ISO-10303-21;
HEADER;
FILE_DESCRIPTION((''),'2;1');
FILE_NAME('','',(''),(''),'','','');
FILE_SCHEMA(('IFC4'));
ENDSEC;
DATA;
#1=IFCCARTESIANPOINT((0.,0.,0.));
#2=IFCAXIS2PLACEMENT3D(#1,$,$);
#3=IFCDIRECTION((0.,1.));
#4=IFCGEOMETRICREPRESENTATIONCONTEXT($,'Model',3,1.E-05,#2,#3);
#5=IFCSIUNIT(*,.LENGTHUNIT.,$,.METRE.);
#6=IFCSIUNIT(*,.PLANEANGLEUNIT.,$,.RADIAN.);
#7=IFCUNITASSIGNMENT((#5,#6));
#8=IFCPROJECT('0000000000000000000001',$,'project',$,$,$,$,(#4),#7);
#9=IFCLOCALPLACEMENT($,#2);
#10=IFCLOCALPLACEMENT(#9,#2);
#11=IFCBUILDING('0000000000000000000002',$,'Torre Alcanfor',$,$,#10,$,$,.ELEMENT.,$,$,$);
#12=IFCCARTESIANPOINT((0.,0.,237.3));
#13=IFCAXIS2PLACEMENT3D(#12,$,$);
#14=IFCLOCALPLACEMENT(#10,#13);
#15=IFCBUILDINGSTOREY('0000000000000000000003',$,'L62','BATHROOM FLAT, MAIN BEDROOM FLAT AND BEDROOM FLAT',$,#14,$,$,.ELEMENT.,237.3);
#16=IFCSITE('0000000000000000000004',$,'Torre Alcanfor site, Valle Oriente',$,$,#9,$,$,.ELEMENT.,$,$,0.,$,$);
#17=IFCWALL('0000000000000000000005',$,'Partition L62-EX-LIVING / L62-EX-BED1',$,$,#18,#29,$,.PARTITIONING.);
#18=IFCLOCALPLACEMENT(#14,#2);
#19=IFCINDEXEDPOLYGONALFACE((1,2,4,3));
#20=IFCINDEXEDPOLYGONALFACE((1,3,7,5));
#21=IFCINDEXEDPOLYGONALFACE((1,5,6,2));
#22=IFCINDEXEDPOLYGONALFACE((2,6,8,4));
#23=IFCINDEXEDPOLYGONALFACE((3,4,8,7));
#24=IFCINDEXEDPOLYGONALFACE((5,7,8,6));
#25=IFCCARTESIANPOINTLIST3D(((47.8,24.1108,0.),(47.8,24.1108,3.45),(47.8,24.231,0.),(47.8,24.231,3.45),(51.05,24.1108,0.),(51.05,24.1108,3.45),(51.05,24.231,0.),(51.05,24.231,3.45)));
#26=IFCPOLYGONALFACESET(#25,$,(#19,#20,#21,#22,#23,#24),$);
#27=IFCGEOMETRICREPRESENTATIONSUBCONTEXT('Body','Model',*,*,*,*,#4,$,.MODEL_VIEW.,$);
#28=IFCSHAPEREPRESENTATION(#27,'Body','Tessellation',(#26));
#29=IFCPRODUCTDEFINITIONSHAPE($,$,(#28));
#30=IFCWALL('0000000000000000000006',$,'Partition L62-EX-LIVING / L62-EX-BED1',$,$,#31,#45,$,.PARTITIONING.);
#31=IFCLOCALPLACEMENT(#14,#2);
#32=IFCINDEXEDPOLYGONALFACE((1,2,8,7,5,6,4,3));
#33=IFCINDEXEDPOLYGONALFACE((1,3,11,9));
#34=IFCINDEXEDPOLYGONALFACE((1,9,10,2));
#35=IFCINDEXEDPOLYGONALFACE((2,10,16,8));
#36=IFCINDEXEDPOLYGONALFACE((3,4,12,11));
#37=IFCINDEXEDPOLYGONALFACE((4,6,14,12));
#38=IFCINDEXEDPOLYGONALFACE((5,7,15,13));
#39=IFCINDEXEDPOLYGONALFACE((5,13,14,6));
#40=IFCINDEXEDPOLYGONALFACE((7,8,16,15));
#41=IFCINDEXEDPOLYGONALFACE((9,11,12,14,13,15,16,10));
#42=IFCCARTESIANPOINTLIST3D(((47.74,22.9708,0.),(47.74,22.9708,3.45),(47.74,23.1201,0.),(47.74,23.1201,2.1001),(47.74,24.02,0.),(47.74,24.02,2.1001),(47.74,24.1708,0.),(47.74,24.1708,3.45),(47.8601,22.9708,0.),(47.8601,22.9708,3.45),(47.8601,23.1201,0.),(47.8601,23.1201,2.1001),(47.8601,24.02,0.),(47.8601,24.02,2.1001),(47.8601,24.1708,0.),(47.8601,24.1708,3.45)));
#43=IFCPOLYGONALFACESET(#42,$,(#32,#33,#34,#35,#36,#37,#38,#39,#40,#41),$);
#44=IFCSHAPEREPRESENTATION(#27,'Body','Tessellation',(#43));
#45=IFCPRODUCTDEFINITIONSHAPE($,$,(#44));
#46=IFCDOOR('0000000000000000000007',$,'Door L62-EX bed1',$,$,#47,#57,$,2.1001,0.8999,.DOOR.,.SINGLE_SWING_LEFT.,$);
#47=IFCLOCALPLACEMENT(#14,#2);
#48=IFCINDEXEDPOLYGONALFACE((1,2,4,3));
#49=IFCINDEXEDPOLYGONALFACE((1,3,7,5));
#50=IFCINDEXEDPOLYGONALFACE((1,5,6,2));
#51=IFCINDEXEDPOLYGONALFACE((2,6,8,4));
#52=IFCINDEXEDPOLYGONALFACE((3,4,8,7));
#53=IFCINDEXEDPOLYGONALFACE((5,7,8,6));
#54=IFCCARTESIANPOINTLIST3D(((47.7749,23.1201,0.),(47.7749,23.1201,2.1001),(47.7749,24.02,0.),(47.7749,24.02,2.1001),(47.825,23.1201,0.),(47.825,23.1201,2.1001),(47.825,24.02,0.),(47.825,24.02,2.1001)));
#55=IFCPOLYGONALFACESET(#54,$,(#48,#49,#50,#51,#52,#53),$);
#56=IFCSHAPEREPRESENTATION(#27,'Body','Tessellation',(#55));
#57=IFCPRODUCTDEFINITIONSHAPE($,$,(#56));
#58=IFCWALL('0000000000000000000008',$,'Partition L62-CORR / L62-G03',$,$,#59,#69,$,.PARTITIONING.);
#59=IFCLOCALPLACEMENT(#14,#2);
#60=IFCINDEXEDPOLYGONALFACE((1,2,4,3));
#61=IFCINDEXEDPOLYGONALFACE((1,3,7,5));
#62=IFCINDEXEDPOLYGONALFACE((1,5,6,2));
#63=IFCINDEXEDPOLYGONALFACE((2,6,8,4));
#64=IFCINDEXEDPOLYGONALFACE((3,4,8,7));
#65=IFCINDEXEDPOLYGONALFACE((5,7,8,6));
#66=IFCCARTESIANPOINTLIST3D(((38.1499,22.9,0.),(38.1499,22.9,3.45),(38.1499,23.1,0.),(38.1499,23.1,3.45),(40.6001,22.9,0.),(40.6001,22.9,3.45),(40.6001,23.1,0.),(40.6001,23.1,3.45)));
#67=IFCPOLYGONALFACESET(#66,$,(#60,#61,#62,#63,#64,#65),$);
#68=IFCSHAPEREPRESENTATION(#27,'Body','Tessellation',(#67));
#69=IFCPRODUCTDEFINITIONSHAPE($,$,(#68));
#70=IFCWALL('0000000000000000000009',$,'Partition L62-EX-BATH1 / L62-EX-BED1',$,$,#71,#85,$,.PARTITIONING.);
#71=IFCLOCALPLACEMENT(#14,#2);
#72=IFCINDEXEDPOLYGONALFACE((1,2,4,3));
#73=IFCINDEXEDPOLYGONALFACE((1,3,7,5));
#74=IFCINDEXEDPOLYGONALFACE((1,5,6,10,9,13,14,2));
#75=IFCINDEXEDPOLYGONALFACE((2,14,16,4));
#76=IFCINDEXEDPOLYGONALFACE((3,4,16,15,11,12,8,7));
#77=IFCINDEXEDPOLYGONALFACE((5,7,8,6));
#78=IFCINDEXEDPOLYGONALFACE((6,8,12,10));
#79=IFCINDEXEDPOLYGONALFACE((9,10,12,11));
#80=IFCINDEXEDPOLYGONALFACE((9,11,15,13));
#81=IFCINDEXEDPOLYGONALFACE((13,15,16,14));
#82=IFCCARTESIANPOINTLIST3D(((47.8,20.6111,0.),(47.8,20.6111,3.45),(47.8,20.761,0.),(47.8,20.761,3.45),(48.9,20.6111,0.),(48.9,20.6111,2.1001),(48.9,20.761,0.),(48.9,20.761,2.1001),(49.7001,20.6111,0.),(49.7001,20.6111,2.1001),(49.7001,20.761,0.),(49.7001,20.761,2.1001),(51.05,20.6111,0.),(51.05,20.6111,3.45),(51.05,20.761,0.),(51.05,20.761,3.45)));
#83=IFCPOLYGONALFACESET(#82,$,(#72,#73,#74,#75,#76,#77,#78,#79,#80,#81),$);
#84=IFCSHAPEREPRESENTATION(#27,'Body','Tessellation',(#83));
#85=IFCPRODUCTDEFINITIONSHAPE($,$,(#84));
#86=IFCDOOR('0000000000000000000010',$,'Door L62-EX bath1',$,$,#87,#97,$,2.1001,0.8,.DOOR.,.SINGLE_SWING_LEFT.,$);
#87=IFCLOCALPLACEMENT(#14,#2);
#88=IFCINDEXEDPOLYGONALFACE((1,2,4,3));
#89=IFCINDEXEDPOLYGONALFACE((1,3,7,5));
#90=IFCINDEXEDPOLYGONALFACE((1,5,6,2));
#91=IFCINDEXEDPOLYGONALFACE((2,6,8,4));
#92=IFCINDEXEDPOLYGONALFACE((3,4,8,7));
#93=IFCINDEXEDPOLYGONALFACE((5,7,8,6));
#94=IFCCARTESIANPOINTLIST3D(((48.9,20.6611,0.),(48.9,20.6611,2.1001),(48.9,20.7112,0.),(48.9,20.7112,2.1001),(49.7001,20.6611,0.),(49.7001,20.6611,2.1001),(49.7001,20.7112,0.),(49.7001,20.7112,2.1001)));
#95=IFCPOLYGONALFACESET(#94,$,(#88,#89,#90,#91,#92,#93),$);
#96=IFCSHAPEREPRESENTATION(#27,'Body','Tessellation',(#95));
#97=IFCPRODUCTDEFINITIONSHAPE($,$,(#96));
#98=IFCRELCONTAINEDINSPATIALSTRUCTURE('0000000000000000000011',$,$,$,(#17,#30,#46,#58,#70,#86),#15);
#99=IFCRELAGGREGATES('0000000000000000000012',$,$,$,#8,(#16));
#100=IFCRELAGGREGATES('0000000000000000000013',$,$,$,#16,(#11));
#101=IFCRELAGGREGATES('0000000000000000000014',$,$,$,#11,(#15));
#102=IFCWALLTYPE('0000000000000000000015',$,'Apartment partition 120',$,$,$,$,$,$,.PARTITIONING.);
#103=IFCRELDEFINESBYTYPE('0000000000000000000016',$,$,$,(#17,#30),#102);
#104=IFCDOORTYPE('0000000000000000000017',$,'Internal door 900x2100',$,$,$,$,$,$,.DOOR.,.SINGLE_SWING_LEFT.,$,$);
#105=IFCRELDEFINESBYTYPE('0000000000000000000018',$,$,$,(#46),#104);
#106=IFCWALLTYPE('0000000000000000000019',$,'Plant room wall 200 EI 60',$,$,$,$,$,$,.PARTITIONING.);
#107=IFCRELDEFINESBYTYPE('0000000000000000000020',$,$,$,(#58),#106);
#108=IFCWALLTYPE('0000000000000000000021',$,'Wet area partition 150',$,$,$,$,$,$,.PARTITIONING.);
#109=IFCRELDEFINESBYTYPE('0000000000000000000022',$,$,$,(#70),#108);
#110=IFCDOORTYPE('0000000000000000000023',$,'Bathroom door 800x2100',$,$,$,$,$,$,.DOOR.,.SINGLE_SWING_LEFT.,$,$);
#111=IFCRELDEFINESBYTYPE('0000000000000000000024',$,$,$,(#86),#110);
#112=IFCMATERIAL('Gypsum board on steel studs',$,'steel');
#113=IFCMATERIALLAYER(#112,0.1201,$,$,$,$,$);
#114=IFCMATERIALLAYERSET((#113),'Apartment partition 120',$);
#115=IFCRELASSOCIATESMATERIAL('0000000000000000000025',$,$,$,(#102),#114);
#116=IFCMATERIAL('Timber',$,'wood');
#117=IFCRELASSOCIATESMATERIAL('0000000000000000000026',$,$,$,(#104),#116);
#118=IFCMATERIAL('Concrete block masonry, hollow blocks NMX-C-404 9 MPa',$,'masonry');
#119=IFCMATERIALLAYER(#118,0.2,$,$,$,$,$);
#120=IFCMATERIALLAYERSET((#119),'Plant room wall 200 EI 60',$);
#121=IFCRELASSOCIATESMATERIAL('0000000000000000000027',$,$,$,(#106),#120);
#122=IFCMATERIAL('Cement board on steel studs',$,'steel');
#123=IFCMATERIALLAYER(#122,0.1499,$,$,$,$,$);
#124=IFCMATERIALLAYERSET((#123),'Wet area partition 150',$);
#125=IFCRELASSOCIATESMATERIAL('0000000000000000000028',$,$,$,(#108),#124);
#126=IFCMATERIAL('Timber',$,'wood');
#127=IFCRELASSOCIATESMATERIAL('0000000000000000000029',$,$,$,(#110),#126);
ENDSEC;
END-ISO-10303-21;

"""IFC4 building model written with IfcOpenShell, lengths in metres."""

from ifc_helpers import new_model, si_unit, direction, frame, frame_2d, origin, place, context, subcontext, project, spatial, rectangle, extrude, material, layer, layer_set, type_object, element, fill, save


model = new_model("IFC4")

# Units and contexts
model_context = context("Model", 3, precision=1e-05, world=origin(), true_north=direction((0.0, 1.0)))
body_context = subcontext(model_context, "Body", "Model", "MODEL_VIEW")
ifc_project = project(units=[si_unit("LENGTHUNIT", "METRE"), si_unit("PLANEANGLEUNIT", "RADIAN")], contexts=[model_context])

# Site, building, storey
site_placement = place(None, origin())
site = spatial("IfcSite", under=ifc_project, at=site_placement, Name="Torre Alcanfor site, Valle Oriente", CompositionType="ELEMENT", RefElevation=0.0)
building_placement = place(site_placement, origin())
building = spatial("IfcBuilding", under=site, at=building_placement, Name="Torre Alcanfor", CompositionType="ELEMENT")
storey_placement = place(building_placement, frame((0.0, 0.0, 237.3)))
storey = spatial("IfcBuildingStorey", under=building, at=storey_placement, Name="L62", Description="BATHROOM FLAT, MAIN BEDROOM FLAT AND BEDROOM FLAT", CompositionType="ELEMENT", Elevation=237.3)

# Shared definitions
ifc_material_1 = material(Name="Gypsum board on steel studs", Category="steel")
ifc_layer_1 = layer(ifc_material_1, 0.1201)
ifc_layer_set_1 = layer_set([ifc_layer_1], Name="Apartment partition 120")
wall_type_1 = type_object("IfcWallType", Name="Apartment partition 120", PredefinedType="PARTITIONING", material=ifc_layer_set_1)
ifc_material_2 = material(Name="Timber", Category="wood")
door_type_1 = type_object("IfcDoorType", Name="Internal door 900x2100", OperationType="SINGLE_SWING_LEFT", PredefinedType="DOOR", material=ifc_material_2)

# Wall
wall_1_placement = place(storey_placement, frame((51.05, 24.1709, 0.0), z_axis=(0.0, 0.0, 1.0), x_axis=(-1.0, 0.0, 0.0)))
element("IfcWall", 1, at=wall_1_placement, inside=storey, type_object=wall_type_1, Name="Partition L62-EX-LIVING / L62-EX-BED1", PredefinedType="PARTITIONING", context=body_context, shape_type="SweptSolid", body=[
    extrude(rectangle(XDim=3.25, YDim=0.1201, at=frame_2d((1.625, 0.0))), origin(), (0.0, 0.0, 1.0), 3.45),
])

# Wall, opening, door
wall_2_placement = place(storey_placement, frame((47.8, 24.1709, 0.0), z_axis=(0.0, 0.0, 1.0), x_axis=(0.0, -1.0, 0.0)))
wall_2 = element("IfcWall", 2, at=wall_2_placement, inside=storey, type_object=wall_type_1, Name="Partition L62-EX-LIVING / L62-EX-BED1", PredefinedType="PARTITIONING", context=body_context, shape_type="SweptSolid", body=[
    extrude(rectangle(XDim=1.2, YDim=0.1201, at=frame_2d((0.6001, 0.0))), origin(), (0.0, 0.0, 1.0), 3.45),
])
opening_1_placement = place(wall_2_placement, frame((0.1509, 0.0, 0.0)))
opening_1 = element("IfcOpeningElement", 3, at=opening_1_placement, cuts=wall_2, PredefinedType="OPENING", context=body_context, shape_type="SweptSolid", body=[
    extrude(rectangle(XDim=0.8999, YDim=2.1001, at=frame_2d((0.45, 1.05))), frame((0.0, 0.0701, 0.0), z_axis=(0.0, -1.0, 0.0), x_axis=(1.0, 0.0, 0.0)), (0.0, 0.0, 1.0), 0.1401),
])
door_1_placement = place(opening_1_placement, origin())
door_1 = element("IfcDoor", 4, at=door_1_placement, inside=storey, type_object=door_type_1, Name="Door L62-EX bed1", OperationType="SINGLE_SWING_LEFT", OverallHeight=2.1001, OverallWidth=0.8999, PredefinedType="DOOR", context=body_context, shape_type="SweptSolid", body=[
    extrude(rectangle(XDim=0.8999, YDim=2.1001, at=frame_2d((0.45, 1.05))), frame((0.0, 0.0249, 0.0), z_axis=(0.0, -1.0, 0.0), x_axis=(1.0, 0.0, 0.0)), (0.0, 0.0, 1.0), 0.05),
])
fill(opening_1, door_1)

# Wall
ifc_material_3 = material(Name="Concrete block masonry, hollow blocks NMX-C-404 9 MPa", Category="masonry")
ifc_layer_2 = layer(ifc_material_3, 0.2)
ifc_layer_set_2 = layer_set([ifc_layer_2], Name="Plant room wall 200 EI 60")
wall_type_2 = type_object("IfcWallType", Name="Plant room wall 200 EI 60", PredefinedType="PARTITIONING", material=ifc_layer_set_2)
wall_3_placement = place(storey_placement, frame((40.6001, 23.0, 0.0), z_axis=(0.0, 0.0, 1.0), x_axis=(-1.0, 0.0, 0.0)))
element("IfcWall", 5, at=wall_3_placement, inside=storey, type_object=wall_type_2, Name="Partition L62-CORR / L62-G03", PredefinedType="PARTITIONING", context=body_context, shape_type="SweptSolid", body=[
    extrude(rectangle(XDim=2.4502, YDim=0.2, at=frame_2d((1.2251, 0.0))), origin(), (0.0, 0.0, 1.0), 3.45),
])

# Wall, opening, door
ifc_material_4 = material(Name="Cement board on steel studs", Category="steel")
ifc_layer_3 = layer(ifc_material_4, 0.1499)
ifc_layer_set_3 = layer_set([ifc_layer_3], Name="Wet area partition 150")
wall_type_3 = type_object("IfcWallType", Name="Wet area partition 150", PredefinedType="PARTITIONING", material=ifc_layer_set_3)
wall_4_placement = place(storey_placement, frame((51.05, 20.686, 0.0), z_axis=(0.0, 0.0, 1.0), x_axis=(-1.0, 0.0, 0.0)))
wall_4 = element("IfcWall", 6, at=wall_4_placement, inside=storey, type_object=wall_type_3, Name="Partition L62-EX-BATH1 / L62-EX-BED1", PredefinedType="PARTITIONING", context=body_context, shape_type="SweptSolid", body=[
    extrude(rectangle(XDim=3.25, YDim=0.1499, at=frame_2d((1.625, 0.0))), origin(), (0.0, 0.0, 1.0), 3.45),
])
opening_2_placement = place(wall_4_placement, frame((1.3501, 0.0, 0.0)))
opening_2 = element("IfcOpeningElement", 7, at=opening_2_placement, cuts=wall_4, PredefinedType="OPENING", context=body_context, shape_type="SweptSolid", body=[
    extrude(rectangle(XDim=0.8, YDim=2.1001, at=frame_2d((0.3999, 1.05))), frame((0.0, 0.085, 0.0), z_axis=(0.0, -1.0, 0.0), x_axis=(1.0, 0.0, 0.0)), (0.0, 0.0, 1.0), 0.1699),
])
ifc_material_5 = material(Name="Timber", Category="wood")
door_type_2 = type_object("IfcDoorType", Name="Bathroom door 800x2100", OperationType="SINGLE_SWING_LEFT", PredefinedType="DOOR", material=ifc_material_5)
door_2_placement = place(opening_2_placement, frame((0.8, 0.0, 0.0), z_axis=(0.0, 0.0, 1.0), x_axis=(-1.0, 0.0, 0.0)))
door_2 = element("IfcDoor", 8, at=door_2_placement, inside=storey, type_object=door_type_2, Name="Door L62-EX bath1", OperationType="SINGLE_SWING_LEFT", OverallHeight=2.1001, OverallWidth=0.8, PredefinedType="DOOR", context=body_context, shape_type="SweptSolid", body=[
    extrude(rectangle(XDim=0.8, YDim=2.1001, at=frame_2d((0.4001, 1.05))), frame((0.0, 0.0251, 0.0), z_axis=(0.0, -1.0, 0.0), x_axis=(1.0, 0.0, 0.0)), (0.0, 0.0, 1.0), 0.05),
])
fill(opening_2, door_2)

save(model, "model.ifc")
